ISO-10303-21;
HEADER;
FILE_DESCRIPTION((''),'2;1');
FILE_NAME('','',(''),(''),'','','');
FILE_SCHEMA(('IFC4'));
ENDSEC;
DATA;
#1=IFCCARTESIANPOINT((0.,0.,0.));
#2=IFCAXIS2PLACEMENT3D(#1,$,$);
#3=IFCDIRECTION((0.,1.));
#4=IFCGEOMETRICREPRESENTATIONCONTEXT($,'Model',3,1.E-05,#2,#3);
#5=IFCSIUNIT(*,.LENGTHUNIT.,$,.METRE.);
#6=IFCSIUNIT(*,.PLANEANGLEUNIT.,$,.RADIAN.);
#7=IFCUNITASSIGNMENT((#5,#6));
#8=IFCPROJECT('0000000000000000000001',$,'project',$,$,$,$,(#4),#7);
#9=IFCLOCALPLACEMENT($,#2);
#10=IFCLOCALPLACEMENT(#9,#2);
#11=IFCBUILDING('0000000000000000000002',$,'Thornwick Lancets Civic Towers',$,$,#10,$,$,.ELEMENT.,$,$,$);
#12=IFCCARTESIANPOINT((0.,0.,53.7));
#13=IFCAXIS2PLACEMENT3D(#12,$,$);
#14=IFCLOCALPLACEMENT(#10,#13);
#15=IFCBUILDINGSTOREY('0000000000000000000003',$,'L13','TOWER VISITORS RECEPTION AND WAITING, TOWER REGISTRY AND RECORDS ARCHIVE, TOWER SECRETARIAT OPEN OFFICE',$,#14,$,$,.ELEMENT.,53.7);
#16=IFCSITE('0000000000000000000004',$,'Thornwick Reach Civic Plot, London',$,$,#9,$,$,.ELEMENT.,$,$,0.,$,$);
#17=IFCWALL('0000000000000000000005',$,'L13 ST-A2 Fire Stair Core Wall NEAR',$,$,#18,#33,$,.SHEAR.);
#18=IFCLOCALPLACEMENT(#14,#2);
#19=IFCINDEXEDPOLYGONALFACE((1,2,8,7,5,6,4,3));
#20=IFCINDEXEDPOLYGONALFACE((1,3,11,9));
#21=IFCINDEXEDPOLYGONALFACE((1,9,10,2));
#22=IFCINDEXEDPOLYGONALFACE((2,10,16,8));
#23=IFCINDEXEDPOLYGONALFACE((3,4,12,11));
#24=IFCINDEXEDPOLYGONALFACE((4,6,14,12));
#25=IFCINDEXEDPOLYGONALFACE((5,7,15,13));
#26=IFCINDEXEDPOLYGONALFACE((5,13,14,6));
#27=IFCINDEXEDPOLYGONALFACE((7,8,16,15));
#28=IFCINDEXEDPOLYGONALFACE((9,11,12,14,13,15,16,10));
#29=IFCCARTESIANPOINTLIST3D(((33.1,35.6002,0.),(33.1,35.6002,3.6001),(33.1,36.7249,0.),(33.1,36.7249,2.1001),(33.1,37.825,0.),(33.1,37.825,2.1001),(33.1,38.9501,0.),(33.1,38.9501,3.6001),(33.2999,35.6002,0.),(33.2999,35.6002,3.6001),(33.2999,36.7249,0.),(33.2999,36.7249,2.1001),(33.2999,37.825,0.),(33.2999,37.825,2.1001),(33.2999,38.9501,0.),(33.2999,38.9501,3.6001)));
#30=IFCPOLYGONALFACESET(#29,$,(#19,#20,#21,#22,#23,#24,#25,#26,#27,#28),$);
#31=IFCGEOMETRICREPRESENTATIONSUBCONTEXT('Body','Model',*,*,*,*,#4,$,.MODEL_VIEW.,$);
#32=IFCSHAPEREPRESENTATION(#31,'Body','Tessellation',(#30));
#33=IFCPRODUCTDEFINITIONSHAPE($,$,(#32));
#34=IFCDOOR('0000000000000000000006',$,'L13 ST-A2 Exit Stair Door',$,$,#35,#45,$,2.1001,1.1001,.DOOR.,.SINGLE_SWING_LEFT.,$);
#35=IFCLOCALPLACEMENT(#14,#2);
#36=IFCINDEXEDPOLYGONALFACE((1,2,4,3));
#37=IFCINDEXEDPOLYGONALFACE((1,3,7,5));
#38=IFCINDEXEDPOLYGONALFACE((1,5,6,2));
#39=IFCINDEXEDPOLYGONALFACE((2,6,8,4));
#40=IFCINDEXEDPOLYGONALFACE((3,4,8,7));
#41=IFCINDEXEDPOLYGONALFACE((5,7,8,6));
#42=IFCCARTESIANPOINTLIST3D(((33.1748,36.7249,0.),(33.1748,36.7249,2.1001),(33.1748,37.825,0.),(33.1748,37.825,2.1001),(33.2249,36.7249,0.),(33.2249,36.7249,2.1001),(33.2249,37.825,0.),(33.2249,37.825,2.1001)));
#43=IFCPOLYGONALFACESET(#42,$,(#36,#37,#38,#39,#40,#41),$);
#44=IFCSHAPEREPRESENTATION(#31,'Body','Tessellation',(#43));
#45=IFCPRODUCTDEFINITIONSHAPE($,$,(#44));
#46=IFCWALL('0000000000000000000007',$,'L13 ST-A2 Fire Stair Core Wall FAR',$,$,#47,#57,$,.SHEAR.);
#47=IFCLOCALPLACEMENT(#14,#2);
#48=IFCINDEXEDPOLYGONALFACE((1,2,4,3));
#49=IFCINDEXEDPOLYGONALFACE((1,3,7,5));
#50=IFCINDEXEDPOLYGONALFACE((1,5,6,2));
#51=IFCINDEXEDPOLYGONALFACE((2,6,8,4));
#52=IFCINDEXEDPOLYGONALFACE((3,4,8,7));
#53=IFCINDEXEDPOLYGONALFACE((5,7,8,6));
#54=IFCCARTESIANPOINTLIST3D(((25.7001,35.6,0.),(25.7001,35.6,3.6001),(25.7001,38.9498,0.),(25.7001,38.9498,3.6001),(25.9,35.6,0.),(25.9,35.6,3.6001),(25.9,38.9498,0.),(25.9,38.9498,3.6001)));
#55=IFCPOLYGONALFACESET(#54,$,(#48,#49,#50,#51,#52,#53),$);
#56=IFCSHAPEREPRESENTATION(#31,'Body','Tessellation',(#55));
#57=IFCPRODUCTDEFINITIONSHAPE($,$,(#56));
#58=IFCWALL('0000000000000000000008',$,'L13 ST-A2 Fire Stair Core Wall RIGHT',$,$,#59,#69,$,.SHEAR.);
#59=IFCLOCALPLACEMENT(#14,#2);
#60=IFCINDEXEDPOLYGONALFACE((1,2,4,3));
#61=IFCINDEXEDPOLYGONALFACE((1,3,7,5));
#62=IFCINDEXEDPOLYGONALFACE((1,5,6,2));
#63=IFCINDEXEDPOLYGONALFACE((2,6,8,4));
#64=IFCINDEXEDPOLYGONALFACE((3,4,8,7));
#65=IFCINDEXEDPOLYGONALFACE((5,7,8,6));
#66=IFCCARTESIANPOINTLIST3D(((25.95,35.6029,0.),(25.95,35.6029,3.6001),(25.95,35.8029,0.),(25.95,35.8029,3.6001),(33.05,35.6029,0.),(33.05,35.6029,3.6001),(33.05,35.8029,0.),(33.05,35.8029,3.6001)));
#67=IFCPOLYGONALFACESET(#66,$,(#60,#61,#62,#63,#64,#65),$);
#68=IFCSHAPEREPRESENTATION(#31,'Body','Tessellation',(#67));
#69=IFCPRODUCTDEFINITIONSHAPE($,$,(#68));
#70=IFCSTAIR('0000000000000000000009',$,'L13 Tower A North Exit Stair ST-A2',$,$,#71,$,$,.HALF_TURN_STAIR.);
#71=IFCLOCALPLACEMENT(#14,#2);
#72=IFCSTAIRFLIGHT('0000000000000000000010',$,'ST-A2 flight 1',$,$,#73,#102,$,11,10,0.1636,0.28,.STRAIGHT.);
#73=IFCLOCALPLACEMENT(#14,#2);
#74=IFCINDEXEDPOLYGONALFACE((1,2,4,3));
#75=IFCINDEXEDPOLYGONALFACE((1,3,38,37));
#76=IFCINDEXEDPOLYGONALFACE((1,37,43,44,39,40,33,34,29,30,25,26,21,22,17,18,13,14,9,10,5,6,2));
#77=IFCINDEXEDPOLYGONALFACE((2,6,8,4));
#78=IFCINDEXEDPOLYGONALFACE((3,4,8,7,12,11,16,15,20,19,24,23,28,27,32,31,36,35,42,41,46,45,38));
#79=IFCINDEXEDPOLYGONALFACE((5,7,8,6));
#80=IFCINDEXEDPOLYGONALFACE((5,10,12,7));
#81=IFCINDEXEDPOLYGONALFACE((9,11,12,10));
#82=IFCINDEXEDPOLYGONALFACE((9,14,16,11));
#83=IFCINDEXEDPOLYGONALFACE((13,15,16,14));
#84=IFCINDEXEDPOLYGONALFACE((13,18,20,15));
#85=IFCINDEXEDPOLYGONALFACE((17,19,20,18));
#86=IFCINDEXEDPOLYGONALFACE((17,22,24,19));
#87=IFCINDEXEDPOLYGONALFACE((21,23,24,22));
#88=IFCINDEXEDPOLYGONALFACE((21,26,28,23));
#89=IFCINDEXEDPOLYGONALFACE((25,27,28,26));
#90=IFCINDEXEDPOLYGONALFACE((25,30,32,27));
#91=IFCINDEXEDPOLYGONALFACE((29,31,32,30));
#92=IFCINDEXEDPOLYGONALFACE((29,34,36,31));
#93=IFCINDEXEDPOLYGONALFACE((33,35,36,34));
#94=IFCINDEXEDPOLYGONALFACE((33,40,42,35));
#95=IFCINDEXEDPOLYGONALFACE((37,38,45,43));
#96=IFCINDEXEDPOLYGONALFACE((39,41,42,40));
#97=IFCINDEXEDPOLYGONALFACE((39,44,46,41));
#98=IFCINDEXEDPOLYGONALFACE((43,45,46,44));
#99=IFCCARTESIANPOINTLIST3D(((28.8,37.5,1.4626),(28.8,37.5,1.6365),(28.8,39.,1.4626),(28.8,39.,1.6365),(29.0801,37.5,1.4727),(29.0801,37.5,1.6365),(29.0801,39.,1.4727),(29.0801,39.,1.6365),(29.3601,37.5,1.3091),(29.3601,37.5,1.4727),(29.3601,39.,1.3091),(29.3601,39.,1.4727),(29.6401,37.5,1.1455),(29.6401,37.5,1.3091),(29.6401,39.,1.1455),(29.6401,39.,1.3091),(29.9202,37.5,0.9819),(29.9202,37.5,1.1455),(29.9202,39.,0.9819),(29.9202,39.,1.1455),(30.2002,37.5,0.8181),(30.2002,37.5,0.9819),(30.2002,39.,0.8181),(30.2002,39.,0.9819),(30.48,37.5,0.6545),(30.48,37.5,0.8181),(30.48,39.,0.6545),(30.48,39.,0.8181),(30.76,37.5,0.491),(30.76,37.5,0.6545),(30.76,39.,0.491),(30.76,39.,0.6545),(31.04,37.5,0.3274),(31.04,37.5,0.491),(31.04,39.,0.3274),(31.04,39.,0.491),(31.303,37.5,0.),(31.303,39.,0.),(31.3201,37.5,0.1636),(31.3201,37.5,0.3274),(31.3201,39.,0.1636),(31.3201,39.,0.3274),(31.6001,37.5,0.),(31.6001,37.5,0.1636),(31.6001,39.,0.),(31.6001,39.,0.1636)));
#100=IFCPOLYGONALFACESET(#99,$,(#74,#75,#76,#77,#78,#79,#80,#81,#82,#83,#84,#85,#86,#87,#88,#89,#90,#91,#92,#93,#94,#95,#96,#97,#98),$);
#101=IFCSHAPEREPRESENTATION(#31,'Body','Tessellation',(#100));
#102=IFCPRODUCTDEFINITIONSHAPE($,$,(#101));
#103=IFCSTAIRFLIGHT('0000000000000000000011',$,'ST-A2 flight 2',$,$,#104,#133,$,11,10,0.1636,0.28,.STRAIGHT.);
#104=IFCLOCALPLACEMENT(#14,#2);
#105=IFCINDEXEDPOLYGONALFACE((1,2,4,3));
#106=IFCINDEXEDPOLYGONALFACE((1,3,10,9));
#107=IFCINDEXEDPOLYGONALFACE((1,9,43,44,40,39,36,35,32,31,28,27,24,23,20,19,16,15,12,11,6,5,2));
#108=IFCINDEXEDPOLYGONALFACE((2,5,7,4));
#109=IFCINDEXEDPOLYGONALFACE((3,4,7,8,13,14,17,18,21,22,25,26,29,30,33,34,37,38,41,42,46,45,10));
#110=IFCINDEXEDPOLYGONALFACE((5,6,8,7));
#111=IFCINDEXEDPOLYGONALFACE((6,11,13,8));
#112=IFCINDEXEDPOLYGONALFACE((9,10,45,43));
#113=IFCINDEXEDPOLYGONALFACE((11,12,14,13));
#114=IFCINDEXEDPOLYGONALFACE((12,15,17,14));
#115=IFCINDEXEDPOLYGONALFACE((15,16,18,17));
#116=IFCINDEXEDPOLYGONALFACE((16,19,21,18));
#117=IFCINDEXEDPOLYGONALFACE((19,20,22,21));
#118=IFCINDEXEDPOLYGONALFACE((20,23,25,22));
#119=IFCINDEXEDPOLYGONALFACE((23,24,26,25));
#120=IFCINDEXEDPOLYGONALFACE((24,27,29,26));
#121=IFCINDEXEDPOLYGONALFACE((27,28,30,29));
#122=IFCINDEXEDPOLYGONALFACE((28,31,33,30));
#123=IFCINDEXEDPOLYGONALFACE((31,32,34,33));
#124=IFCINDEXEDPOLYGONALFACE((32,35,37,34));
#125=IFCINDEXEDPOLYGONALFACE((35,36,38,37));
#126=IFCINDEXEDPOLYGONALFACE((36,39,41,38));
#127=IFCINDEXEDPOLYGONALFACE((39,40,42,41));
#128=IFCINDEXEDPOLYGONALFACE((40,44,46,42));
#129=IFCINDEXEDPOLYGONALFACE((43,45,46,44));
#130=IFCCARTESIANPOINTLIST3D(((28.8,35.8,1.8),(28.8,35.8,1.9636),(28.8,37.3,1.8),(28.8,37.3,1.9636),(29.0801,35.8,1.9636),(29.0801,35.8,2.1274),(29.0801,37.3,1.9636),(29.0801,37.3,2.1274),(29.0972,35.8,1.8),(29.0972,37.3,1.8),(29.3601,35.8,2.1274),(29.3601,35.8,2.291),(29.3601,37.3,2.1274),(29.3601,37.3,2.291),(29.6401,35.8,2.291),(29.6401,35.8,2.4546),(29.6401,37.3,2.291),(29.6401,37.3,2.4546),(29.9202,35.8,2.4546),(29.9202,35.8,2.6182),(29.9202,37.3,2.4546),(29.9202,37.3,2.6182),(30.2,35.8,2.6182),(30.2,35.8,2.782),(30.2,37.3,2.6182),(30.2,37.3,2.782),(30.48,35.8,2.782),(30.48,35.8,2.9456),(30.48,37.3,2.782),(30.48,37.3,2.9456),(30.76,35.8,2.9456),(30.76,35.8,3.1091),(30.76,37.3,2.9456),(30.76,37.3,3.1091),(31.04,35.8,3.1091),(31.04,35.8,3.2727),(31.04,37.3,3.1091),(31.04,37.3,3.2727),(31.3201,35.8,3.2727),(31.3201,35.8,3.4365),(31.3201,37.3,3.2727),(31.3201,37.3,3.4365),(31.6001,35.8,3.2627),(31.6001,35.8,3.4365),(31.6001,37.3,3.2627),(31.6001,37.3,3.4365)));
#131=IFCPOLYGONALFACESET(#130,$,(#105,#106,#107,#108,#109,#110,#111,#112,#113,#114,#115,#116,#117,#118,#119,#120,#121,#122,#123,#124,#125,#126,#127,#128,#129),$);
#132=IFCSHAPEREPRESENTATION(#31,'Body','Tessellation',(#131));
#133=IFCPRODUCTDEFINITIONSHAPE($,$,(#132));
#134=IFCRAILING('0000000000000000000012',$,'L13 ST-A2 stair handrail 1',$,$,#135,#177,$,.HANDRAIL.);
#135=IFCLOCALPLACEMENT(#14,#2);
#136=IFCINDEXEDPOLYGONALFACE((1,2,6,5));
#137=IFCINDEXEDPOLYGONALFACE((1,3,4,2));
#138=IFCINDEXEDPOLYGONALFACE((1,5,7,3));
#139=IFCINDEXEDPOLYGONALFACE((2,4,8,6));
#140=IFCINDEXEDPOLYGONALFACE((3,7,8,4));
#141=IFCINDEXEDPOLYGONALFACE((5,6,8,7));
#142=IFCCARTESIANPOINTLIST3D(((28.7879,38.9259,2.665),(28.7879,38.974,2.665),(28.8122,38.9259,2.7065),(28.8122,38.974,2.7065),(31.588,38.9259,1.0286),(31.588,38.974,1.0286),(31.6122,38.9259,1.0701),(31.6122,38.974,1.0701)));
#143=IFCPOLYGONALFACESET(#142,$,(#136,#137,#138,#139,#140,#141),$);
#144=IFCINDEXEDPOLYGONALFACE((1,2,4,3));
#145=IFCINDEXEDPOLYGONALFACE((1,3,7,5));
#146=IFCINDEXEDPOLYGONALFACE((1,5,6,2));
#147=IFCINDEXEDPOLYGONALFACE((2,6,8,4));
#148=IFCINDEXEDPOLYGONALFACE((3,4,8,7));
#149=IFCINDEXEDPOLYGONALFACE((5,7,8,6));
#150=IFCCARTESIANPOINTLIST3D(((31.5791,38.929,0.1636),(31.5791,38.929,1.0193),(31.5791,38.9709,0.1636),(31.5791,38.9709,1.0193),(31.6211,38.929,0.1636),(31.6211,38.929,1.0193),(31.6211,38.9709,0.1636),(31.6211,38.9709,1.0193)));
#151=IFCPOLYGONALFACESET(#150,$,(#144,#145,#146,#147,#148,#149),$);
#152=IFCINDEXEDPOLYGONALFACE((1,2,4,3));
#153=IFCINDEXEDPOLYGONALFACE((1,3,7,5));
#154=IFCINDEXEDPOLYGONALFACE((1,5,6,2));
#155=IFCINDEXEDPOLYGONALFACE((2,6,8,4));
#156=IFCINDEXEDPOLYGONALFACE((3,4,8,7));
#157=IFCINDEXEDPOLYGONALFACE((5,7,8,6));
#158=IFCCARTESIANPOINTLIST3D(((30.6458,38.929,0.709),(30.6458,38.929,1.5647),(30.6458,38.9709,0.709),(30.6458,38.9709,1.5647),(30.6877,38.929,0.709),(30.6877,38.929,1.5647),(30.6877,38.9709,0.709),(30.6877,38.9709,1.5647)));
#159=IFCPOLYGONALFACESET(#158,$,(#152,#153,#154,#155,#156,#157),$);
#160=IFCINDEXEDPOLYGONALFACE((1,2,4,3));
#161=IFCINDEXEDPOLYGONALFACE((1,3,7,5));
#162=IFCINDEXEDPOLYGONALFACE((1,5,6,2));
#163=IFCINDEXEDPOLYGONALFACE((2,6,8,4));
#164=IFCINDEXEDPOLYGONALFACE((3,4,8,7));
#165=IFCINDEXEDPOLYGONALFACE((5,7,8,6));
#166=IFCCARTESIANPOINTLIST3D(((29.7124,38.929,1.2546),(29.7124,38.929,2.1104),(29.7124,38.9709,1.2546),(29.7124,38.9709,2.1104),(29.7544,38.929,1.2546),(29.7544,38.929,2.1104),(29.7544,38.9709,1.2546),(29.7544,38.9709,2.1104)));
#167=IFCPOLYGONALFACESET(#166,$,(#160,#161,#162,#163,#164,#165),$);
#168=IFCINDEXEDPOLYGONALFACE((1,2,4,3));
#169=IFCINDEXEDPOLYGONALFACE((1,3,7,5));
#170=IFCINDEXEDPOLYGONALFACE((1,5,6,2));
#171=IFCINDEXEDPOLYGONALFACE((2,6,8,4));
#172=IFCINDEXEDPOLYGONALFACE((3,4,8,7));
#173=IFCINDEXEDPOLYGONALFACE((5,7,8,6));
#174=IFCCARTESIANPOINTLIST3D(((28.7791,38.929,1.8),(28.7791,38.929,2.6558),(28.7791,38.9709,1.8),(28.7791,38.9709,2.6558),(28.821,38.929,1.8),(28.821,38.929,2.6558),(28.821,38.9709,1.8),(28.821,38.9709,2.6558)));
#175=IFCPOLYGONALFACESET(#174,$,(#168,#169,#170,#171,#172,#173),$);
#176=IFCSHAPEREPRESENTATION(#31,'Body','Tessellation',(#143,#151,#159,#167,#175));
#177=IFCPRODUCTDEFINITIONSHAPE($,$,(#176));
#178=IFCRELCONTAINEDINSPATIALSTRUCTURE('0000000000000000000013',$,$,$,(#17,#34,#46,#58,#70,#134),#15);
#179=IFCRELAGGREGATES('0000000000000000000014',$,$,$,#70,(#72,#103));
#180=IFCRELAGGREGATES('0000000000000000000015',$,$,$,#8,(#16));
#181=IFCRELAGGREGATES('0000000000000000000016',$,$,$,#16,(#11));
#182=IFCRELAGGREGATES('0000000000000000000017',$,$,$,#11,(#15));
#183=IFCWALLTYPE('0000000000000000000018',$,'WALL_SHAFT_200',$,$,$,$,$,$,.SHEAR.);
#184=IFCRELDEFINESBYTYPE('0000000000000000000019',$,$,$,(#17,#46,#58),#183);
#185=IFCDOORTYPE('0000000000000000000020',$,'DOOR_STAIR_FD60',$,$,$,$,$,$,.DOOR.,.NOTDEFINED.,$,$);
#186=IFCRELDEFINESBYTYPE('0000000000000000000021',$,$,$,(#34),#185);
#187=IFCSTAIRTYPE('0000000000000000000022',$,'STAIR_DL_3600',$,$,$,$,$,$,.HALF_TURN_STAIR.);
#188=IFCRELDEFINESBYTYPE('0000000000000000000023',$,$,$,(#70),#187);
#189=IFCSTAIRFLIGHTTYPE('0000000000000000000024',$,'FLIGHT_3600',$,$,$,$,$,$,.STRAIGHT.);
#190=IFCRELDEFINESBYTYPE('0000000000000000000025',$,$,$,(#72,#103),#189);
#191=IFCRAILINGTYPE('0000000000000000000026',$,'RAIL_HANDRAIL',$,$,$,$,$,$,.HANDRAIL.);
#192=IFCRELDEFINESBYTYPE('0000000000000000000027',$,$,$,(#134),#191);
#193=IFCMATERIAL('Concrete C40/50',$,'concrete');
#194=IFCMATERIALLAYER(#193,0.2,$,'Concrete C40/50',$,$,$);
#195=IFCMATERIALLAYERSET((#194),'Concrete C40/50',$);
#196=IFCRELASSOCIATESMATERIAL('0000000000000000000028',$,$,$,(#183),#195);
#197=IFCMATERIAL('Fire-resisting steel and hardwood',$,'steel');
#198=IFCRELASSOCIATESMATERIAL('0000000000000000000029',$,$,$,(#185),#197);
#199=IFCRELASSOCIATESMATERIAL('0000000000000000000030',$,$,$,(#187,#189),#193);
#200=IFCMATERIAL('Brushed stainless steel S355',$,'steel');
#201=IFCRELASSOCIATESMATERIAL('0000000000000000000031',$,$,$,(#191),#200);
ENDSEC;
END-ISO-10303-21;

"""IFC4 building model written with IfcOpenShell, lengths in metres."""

from ifc_helpers import new_model, si_unit, direction, frame, frame_2d, origin, origin_2d, place, context, subcontext, project, spatial, polyline, rectangle, outline, extrude, material, layer, layer_set, type_object, element, fill, aggregate, save


model = new_model("IFC4")

# Units and contexts
model_context = context("Model", 3, precision=1e-05, world=origin(), true_north=direction((0.0, 1.0)))
body_context = subcontext(model_context, "Body", "Model", "MODEL_VIEW")
ifc_project = project(units=[si_unit("LENGTHUNIT", "METRE"), si_unit("PLANEANGLEUNIT", "RADIAN")], contexts=[model_context])

# Site, building, storey
site_placement = place(None, origin())
site = spatial("IfcSite", under=ifc_project, at=site_placement, Name="Thornwick Reach Civic Plot, London", CompositionType="ELEMENT", RefElevation=0.0)
building_placement = place(site_placement, origin())
building = spatial("IfcBuilding", under=site, at=building_placement, Name="Thornwick Lancets Civic Towers", CompositionType="ELEMENT")
storey_placement = place(building_placement, frame((0.0, 0.0, 53.7)))
storey = spatial("IfcBuildingStorey", under=building, at=storey_placement, Name="L13", Description="TOWER VISITORS RECEPTION AND WAITING, TOWER REGISTRY AND RECORDS ARCHIVE, TOWER SECRETARIAT OPEN OFFICE", CompositionType="ELEMENT", Elevation=53.7)

# Shared definitions
ifc_material_1 = material(Name="Concrete C40/50", Category="concrete")

# Wall, opening, door
ifc_layer_1 = layer(ifc_material_1, 0.2, Name="Concrete C40/50")
ifc_layer_set_1 = layer_set([ifc_layer_1], Name="Concrete C40/50")
wall_type_1 = type_object("IfcWallType", Name="WALL_SHAFT_200", PredefinedType="SHEAR", material=ifc_layer_set_1)
wall_1_placement = place(storey_placement, frame((33.2, 38.95, 0.0), z_axis=(0.0, 0.0, 1.0), x_axis=(0.0, -1.0, 0.0)))
wall_1 = element("IfcWall", 1, at=wall_1_placement, inside=storey, type_object=wall_type_1, Name="L13 ST-A2 Fire Stair Core Wall NEAR", PredefinedType="SHEAR", context=body_context, shape_type="SweptSolid", body=[
    extrude(rectangle(XDim=3.3499, YDim=0.2, at=frame_2d((1.6748, 0.0))), origin(), (0.0, 0.0, 1.0), 3.6001),
])
opening_1_placement = place(wall_1_placement, frame((1.125, 0.0, 0.0)))
opening_1 = element("IfcOpeningElement", 2, at=opening_1_placement, cuts=wall_1, PredefinedType="OPENING", context=body_context, shape_type="SweptSolid", body=[
    extrude(rectangle(XDim=1.1001, YDim=2.1001, at=frame_2d((0.55, 1.05))), frame((0.0, 0.1099, 0.0), z_axis=(0.0, -1.0, 0.0), x_axis=(1.0, 0.0, 0.0)), (0.0, 0.0, 1.0), 0.22),
])
ifc_material_2 = material(Name="Fire-resisting steel and hardwood", Category="steel")
door_type_1 = type_object("IfcDoorType", Name="DOOR_STAIR_FD60", OperationType="NOTDEFINED", PredefinedType="DOOR", material=ifc_material_2)
door_1_placement = place(opening_1_placement, origin())
door_1 = element("IfcDoor", 3, at=door_1_placement, inside=storey, type_object=door_type_1, Name="L13 ST-A2 Exit Stair Door", OperationType="SINGLE_SWING_LEFT", OverallHeight=2.1001, OverallWidth=1.1001, PredefinedType="DOOR", context=body_context, shape_type="SweptSolid", body=[
    extrude(rectangle(XDim=1.1001, YDim=2.1001, at=frame_2d((0.55, 1.05))), frame((0.0, 0.0249, 0.0), z_axis=(0.0, -1.0, 0.0), x_axis=(1.0, 0.0, 0.0)), (0.0, 0.0, 1.0), 0.05),
])
fill(opening_1, door_1)

# Walls
wall_2_placement = place(storey_placement, frame((25.8, 35.6001, 0.0), z_axis=(0.0, 0.0, 1.0), x_axis=(0.0, 1.0, 0.0)))
element("IfcWall", 4, at=wall_2_placement, inside=storey, type_object=wall_type_1, Name="L13 ST-A2 Fire Stair Core Wall FAR", PredefinedType="SHEAR", context=body_context, shape_type="SweptSolid", body=[
    extrude(rectangle(XDim=3.3499, YDim=0.2, at=frame_2d((1.6748, 0.0))), origin(), (0.0, 0.0, 1.0), 3.6001),
])
wall_3_placement = place(storey_placement, frame((25.95, 35.7029, 0.0), z_axis=(0.0, 0.0, 1.0), x_axis=(1.0, 0.0, 0.0)))
element("IfcWall", 5, at=wall_3_placement, inside=storey, type_object=wall_type_1, Name="L13 ST-A2 Fire Stair Core Wall RIGHT", PredefinedType="SHEAR", context=body_context, shape_type="SweptSolid", body=[
    extrude(rectangle(XDim=7.1001, YDim=0.2, at=frame_2d((3.55, 0.0))), origin(), (0.0, 0.0, 1.0), 3.6001),
])

# Stair, stair flights
stair_type = type_object("IfcStairType", Name="STAIR_DL_3600", PredefinedType="HALF_TURN_STAIR", material=ifc_material_1)
stair_placement = place(storey_placement, origin())
stair = element("IfcStair", 6, at=stair_placement, inside=storey, type_object=stair_type, Name="L13 Tower A North Exit Stair ST-A2", PredefinedType="HALF_TURN_STAIR")
stair_flight_type = type_object("IfcStairFlightType", Name="FLIGHT_3600", PredefinedType="STRAIGHT", material=ifc_material_1)
stair_flight_1_placement = place(storey_placement, frame((31.6001, 38.25, 0.0), z_axis=(0.0, 0.0, 1.0), x_axis=(-1.0, 0.0, 0.0)))
stair_flight_1 = element("IfcStairFlight", 7, at=stair_flight_1_placement, type_object=stair_flight_type, Name="ST-A2 flight 1", NumberOfRisers=11, NumberOfTreads=10, PredefinedType="STRAIGHT", RiserHeight=0.1636, TreadLength=0.28, context=body_context, shape_type="SweptSolid", body=[
    extrude(outline(polyline([(0.0, 0.0), (0.0, 0.1636), (0.28, 0.1636), (0.28, 0.3274), (0.5601, 0.3274), (0.5601, 0.491), (0.8401, 0.491), (0.8401, 0.6545), (1.1201, 0.6545), (1.1201, 0.8181), (1.3999, 0.8181), (1.3999, 0.9819), (1.6799, 0.9819), (1.6799, 1.1455), (1.96, 1.1455), (1.96, 1.3091), (2.24, 1.3091), (2.24, 1.4727), (2.52, 1.4727), (2.52, 1.6365), (2.8, 1.6365), (2.8, 1.8), (2.8, 1.4626), (0.2971, 0.0), (0.0, 0.0)])), frame((0.0, 0.75, 0.0), z_axis=(0.0, -1.0, 0.0), x_axis=(1.0, 0.0, 0.0)), (0.0, 0.0, 1.0), 1.5),
])
stair_flight_2_placement = place(storey_placement, frame((28.8, 36.55, 1.8), z_axis=(0.0, 0.0, 1.0), x_axis=(1.0, 0.0, 0.0)))
stair_flight_2 = element("IfcStairFlight", 8, at=stair_flight_2_placement, type_object=stair_flight_type, Name="ST-A2 flight 2", NumberOfRisers=11, NumberOfTreads=10, PredefinedType="STRAIGHT", RiserHeight=0.1636, TreadLength=0.28, context=body_context, shape_type="SweptSolid", body=[
    extrude(outline(polyline([(0.0, 0.0), (0.0, 0.1636), (0.28, 0.1636), (0.28, 0.3274), (0.5601, 0.3274), (0.5601, 0.491), (0.8401, 0.491), (0.8401, 0.6545), (1.1201, 0.6545), (1.1201, 0.8181), (1.3999, 0.8181), (1.3999, 0.9819), (1.6799, 0.9819), (1.6799, 1.1455), (1.96, 1.1455), (1.96, 1.3091), (2.24, 1.3091), (2.24, 1.4727), (2.52, 1.4727), (2.52, 1.6365), (2.8, 1.6365), (2.8, 1.8), (2.8, 1.4626), (0.2971, 0.0), (0.0, 0.0)])), frame((0.0, 0.75, 0.0), z_axis=(0.0, -1.0, 0.0), x_axis=(1.0, 0.0, 0.0)), (0.0, 0.0, 1.0), 1.5),
])
aggregate(stair, [stair_flight_1, stair_flight_2])

# Railing
ifc_material_3 = material(Name="Brushed stainless steel S355", Category="steel")
railing_type_1 = type_object("IfcRailingType", Name="RAIL_HANDRAIL", PredefinedType="HANDRAIL", material=ifc_material_3)
railing_1_placement = place(storey_placement, frame((31.6001, 38.95, 0.1636)))
element("IfcRailing", 9, at=railing_1_placement, inside=storey, type_object=railing_type_1, Name="L13 ST-A2 stair handrail 1", PredefinedType="HANDRAIL", context=body_context, shape_type="SweptSolid", body=[
    extrude(rectangle(XDim=0.0481, YDim=0.0481, at=origin_2d()), frame((0.0, 0.0, 0.8857), z_axis=(-0.863361, 0.0, 0.504587), x_axis=(0.0, -1.0, 0.0)), (0.0, 0.0, 1.0), 3.2432),
    extrude(rectangle(XDim=0.042, YDim=0.042, at=origin_2d()), origin(), (0.0, 0.0, 1.0), 0.8557),
    extrude(rectangle(XDim=0.042, YDim=0.042, at=origin_2d()), frame((-0.9333, 0.0, 0.5454)), (0.0, 0.0, 1.0), 0.8557),
    extrude(rectangle(XDim=0.042, YDim=0.042, at=origin_2d()), frame((-1.8667, 0.0, 1.0911)), (0.0, 0.0, 1.0), 0.8557),
    extrude(rectangle(XDim=0.042, YDim=0.042, at=origin_2d()), frame((-2.8, 0.0, 1.6365)), (0.0, 0.0, 1.0), 0.8557),
])

save(model, "model.ifc")
